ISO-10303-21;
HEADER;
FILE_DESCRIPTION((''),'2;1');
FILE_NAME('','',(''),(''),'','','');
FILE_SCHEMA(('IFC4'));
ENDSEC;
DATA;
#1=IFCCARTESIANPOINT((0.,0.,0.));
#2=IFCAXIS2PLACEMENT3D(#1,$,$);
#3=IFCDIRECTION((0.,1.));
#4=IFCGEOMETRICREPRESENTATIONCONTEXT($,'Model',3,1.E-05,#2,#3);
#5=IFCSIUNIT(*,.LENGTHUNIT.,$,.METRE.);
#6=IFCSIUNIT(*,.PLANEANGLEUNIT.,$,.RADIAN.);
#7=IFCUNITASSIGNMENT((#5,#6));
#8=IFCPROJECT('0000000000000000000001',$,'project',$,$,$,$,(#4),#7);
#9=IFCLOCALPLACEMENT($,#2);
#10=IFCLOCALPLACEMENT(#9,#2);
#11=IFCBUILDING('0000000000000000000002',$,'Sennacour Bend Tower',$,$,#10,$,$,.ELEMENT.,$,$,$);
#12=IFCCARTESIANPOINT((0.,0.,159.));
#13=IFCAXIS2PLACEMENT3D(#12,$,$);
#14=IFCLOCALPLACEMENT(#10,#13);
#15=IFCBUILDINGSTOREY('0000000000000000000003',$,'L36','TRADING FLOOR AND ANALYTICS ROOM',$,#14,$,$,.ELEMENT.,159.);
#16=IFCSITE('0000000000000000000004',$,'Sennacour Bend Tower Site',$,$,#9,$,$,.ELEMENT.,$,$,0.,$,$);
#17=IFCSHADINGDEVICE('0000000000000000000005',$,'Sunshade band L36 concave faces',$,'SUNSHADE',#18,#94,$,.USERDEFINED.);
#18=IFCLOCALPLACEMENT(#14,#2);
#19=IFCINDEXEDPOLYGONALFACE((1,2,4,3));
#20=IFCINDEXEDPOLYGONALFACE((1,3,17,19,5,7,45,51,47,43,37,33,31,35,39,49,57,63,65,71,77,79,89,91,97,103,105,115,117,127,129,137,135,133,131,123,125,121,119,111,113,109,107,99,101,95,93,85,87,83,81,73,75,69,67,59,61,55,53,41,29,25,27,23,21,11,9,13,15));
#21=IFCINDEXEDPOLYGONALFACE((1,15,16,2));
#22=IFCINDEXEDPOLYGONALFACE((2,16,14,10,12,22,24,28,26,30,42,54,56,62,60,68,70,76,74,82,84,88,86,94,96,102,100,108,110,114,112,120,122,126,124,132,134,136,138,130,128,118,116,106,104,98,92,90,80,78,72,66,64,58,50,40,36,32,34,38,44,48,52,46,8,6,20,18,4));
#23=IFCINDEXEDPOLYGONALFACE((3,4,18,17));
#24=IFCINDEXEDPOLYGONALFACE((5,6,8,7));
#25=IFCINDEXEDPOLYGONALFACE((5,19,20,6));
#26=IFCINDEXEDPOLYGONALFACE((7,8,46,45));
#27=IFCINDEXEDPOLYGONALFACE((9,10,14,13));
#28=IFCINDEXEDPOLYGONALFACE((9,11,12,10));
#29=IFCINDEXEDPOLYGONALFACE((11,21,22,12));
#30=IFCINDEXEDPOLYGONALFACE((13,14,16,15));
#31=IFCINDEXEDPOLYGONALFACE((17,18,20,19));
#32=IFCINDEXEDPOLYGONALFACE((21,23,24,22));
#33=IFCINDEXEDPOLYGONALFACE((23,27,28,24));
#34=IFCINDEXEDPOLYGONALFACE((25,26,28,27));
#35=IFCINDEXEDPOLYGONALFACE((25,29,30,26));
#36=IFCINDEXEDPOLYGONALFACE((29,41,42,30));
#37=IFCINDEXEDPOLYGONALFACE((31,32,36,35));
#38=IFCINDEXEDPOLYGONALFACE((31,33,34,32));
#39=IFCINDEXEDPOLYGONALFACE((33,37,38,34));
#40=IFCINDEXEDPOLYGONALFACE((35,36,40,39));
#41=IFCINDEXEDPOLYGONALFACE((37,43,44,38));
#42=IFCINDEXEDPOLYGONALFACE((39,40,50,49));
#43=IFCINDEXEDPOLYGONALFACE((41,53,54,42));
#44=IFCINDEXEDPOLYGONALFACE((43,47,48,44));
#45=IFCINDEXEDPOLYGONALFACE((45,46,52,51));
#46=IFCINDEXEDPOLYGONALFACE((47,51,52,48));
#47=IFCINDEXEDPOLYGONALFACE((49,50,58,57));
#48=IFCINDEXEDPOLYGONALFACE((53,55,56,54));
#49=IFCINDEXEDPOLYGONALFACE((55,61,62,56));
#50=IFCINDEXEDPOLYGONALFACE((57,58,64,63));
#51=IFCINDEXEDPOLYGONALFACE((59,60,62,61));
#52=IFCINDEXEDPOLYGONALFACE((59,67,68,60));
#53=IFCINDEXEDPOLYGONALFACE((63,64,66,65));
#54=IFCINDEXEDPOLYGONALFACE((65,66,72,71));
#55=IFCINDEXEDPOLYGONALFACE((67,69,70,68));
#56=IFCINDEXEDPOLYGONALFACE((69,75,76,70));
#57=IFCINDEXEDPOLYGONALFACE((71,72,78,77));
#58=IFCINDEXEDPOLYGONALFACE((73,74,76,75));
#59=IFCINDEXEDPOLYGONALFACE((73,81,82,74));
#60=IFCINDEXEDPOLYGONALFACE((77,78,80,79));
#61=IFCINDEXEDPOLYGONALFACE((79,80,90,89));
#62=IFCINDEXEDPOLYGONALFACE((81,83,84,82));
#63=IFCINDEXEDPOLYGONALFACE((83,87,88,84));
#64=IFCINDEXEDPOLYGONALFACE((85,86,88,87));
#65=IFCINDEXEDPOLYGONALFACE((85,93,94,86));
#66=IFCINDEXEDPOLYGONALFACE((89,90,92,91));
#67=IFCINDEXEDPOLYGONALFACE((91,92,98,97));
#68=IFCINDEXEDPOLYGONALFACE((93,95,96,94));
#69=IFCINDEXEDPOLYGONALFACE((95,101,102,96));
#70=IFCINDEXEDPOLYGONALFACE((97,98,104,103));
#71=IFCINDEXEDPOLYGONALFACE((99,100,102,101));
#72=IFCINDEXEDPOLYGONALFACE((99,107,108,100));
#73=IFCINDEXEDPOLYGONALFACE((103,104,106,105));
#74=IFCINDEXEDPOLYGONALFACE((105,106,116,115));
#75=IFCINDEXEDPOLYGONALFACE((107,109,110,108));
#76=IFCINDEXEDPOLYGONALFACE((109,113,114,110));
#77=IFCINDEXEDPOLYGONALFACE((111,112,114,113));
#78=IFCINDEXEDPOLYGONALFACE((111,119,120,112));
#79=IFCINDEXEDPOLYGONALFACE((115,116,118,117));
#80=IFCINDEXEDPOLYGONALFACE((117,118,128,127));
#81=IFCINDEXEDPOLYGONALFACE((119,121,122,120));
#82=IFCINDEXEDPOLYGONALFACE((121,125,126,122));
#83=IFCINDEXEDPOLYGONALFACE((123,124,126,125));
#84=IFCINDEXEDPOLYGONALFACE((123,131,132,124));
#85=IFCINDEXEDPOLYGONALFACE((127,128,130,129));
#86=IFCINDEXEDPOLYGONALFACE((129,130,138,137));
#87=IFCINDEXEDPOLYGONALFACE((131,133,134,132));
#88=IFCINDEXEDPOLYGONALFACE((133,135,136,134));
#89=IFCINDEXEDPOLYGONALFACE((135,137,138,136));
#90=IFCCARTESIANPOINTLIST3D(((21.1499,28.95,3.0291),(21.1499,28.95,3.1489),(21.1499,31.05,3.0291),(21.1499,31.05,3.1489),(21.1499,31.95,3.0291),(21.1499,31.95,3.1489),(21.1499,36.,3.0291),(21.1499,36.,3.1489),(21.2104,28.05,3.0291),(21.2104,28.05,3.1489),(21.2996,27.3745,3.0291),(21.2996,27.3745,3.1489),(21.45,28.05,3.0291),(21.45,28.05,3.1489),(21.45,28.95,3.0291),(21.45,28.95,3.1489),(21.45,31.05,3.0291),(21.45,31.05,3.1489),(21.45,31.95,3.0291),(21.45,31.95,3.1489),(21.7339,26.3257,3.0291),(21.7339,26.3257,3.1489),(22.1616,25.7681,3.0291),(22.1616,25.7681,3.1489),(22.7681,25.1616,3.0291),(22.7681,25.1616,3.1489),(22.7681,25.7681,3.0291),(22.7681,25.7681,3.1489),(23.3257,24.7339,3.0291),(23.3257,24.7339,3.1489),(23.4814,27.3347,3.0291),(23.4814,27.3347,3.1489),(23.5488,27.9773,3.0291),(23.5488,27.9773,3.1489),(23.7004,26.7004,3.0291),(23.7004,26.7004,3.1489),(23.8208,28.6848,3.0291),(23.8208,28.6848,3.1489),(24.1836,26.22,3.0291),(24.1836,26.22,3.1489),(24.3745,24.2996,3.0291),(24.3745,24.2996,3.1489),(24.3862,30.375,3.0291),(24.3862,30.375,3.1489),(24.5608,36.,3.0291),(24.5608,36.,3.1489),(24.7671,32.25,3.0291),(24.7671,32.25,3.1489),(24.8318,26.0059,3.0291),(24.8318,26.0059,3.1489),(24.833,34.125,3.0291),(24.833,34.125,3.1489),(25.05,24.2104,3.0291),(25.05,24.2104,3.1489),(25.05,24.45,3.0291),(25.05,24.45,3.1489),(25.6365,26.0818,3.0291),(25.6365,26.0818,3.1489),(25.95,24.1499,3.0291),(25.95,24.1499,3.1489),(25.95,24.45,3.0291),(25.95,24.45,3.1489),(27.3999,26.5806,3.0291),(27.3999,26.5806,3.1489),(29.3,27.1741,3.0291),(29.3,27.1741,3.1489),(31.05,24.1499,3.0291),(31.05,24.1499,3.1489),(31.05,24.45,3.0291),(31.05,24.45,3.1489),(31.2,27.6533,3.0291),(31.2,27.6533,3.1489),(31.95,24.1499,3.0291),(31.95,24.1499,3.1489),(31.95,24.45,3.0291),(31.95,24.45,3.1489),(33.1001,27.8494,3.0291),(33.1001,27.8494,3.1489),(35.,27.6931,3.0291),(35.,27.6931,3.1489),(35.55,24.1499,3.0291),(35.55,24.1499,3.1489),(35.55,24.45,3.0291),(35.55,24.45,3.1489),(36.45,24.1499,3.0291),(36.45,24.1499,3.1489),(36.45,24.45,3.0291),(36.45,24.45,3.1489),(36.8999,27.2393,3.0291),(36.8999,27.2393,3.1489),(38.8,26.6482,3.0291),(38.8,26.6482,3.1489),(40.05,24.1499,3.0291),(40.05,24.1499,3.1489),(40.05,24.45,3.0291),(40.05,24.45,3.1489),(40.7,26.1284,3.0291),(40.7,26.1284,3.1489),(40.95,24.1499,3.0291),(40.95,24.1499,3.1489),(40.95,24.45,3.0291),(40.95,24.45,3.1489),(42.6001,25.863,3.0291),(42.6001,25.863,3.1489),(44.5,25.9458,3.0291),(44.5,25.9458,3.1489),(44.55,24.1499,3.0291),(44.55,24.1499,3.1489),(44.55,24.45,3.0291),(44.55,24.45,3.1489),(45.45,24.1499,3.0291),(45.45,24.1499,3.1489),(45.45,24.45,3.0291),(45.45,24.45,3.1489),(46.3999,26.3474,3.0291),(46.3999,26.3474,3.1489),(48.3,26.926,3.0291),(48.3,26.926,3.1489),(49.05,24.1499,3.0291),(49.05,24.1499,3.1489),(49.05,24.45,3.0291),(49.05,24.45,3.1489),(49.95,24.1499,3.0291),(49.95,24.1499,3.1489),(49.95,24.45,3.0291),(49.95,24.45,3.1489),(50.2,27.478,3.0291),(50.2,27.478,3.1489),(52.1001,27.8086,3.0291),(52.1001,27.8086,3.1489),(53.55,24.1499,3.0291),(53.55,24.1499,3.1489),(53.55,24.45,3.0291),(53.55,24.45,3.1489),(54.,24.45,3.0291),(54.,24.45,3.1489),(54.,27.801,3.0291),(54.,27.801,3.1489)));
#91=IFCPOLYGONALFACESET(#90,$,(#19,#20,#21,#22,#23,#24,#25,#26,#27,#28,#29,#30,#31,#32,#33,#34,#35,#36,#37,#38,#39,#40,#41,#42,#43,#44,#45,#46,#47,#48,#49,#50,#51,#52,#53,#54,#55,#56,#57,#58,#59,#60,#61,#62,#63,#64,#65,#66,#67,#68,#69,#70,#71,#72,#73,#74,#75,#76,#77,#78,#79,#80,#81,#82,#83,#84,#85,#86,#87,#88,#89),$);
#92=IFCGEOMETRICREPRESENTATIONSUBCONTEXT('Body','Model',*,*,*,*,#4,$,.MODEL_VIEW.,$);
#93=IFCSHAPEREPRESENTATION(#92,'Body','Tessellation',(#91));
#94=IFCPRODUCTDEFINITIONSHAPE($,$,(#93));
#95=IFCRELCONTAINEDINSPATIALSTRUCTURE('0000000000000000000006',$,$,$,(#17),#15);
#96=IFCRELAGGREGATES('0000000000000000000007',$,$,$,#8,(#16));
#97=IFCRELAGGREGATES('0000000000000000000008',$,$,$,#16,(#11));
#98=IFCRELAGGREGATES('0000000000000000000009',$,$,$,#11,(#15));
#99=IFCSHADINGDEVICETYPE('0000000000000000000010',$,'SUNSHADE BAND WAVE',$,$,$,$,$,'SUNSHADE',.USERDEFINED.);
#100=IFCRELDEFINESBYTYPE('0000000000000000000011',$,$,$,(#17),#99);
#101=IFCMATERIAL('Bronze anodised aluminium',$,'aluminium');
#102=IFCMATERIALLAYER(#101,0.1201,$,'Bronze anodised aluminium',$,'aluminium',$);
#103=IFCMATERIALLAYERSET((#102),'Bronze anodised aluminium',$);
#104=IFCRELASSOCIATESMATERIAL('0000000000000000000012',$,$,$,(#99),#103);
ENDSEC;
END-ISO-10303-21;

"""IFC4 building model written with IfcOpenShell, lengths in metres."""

from ifc_helpers import new_model, si_unit, direction, frame, origin, place, context, subcontext, project, spatial, polyline, outline, extrude, material, layer, layer_set, type_object, element, save


model = new_model("IFC4")

# Units and contexts
model_context = context("Model", 3, precision=1e-05, world=origin(), true_north=direction((0.0, 1.0)))
body_context = subcontext(model_context, "Body", "Model", "MODEL_VIEW")
ifc_project = project(units=[si_unit("LENGTHUNIT", "METRE"), si_unit("PLANEANGLEUNIT", "RADIAN")], contexts=[model_context])

# Site, building, storey
site_placement = place(None, origin())
site = spatial("IfcSite", under=ifc_project, at=site_placement, Name="Sennacour Bend Tower Site", CompositionType="ELEMENT", RefElevation=0.0)
building_placement = place(site_placement, origin())
building = spatial("IfcBuilding", under=site, at=building_placement, Name="Sennacour Bend Tower", CompositionType="ELEMENT")
storey_placement = place(building_placement, frame((0.0, 0.0, 159.0)))
storey = spatial("IfcBuildingStorey", under=building, at=storey_placement, Name="L36", Description="TRADING FLOOR AND ANALYTICS ROOM", CompositionType="ELEMENT", Elevation=159.0)

# Shading device
ifc_material_1 = material(Name="Bronze anodised aluminium", Category="aluminium")
ifc_layer_1 = layer(ifc_material_1, 0.1201, Name="Bronze anodised aluminium", Category="aluminium")
ifc_layer_set_1 = layer_set([ifc_layer_1], Name="Bronze anodised aluminium")
shading_device_type_1 = type_object("IfcShadingDeviceType", Name="SUNSHADE BAND WAVE", ElementType="SUNSHADE", PredefinedType="USERDEFINED", material=ifc_layer_set_1)
shading_device_1_placement = place(storey_placement, frame((0.0, 0.0, 3.0291)))
element("IfcShadingDevice", 1, at=shading_device_1_placement, inside=storey, type_object=shading_device_type_1, Name="Sunshade band L36 concave faces", ObjectType="SUNSHADE", PredefinedType="USERDEFINED", context=body_context, shape_type="SweptSolid", body=[
    extrude(outline(polyline([(53.55, 24.1499), (49.95, 24.1499), (49.95, 24.45), (49.05, 24.45), (49.05, 24.1499), (45.45, 24.1499), (45.45, 24.45), (44.55, 24.45), (44.55, 24.1499), (40.95, 24.1499), (40.95, 24.45), (40.05, 24.45), (40.05, 24.1499), (36.45, 24.1499), (36.45, 24.45), (35.55, 24.45), (35.55, 24.1499), (31.95, 24.1499), (31.95, 24.45), (31.05, 24.45), (31.05, 24.1499), (25.95, 24.1499), (25.95, 24.45), (25.05, 24.45), (25.05, 24.2104), (24.3745, 24.2996), (23.3257, 24.7339), (22.7681, 25.1616), (22.7681, 25.7681), (22.1616, 25.7681), (21.7339, 26.3257), (21.2996, 27.3745), (21.2104, 28.05), (21.45, 28.05), (21.45, 28.95), (21.1499, 28.95), (21.1499, 31.05), (21.45, 31.05), (21.45, 31.95), (21.1499, 31.95), (21.1499, 36.0), (24.5608, 36.0), (24.833, 34.125), (24.7671, 32.25), (24.3862, 30.375), (23.8208, 28.6848), (23.5488, 27.9773), (23.4814, 27.3347), (23.7004, 26.7004), (24.1836, 26.22), (24.8318, 26.0059), (25.6365, 26.0818), (27.3999, 26.5806), (29.3, 27.1741), (31.2, 27.6533), (33.1001, 27.8494), (35.0, 27.6931), (36.8999, 27.2393), (38.8, 26.6482), (40.7, 26.1284), (42.6001, 25.863), (44.5, 25.9458), (46.3999, 26.3474), (48.3, 26.926), (50.2, 27.478), (52.1001, 27.8086), (54.0, 27.801), (54.0, 24.45), (53.55, 24.45), (53.55, 24.1499)])), origin(), (0.0, 0.0, 1.0), 0.1199),
])

save(model, "model.ifc")
